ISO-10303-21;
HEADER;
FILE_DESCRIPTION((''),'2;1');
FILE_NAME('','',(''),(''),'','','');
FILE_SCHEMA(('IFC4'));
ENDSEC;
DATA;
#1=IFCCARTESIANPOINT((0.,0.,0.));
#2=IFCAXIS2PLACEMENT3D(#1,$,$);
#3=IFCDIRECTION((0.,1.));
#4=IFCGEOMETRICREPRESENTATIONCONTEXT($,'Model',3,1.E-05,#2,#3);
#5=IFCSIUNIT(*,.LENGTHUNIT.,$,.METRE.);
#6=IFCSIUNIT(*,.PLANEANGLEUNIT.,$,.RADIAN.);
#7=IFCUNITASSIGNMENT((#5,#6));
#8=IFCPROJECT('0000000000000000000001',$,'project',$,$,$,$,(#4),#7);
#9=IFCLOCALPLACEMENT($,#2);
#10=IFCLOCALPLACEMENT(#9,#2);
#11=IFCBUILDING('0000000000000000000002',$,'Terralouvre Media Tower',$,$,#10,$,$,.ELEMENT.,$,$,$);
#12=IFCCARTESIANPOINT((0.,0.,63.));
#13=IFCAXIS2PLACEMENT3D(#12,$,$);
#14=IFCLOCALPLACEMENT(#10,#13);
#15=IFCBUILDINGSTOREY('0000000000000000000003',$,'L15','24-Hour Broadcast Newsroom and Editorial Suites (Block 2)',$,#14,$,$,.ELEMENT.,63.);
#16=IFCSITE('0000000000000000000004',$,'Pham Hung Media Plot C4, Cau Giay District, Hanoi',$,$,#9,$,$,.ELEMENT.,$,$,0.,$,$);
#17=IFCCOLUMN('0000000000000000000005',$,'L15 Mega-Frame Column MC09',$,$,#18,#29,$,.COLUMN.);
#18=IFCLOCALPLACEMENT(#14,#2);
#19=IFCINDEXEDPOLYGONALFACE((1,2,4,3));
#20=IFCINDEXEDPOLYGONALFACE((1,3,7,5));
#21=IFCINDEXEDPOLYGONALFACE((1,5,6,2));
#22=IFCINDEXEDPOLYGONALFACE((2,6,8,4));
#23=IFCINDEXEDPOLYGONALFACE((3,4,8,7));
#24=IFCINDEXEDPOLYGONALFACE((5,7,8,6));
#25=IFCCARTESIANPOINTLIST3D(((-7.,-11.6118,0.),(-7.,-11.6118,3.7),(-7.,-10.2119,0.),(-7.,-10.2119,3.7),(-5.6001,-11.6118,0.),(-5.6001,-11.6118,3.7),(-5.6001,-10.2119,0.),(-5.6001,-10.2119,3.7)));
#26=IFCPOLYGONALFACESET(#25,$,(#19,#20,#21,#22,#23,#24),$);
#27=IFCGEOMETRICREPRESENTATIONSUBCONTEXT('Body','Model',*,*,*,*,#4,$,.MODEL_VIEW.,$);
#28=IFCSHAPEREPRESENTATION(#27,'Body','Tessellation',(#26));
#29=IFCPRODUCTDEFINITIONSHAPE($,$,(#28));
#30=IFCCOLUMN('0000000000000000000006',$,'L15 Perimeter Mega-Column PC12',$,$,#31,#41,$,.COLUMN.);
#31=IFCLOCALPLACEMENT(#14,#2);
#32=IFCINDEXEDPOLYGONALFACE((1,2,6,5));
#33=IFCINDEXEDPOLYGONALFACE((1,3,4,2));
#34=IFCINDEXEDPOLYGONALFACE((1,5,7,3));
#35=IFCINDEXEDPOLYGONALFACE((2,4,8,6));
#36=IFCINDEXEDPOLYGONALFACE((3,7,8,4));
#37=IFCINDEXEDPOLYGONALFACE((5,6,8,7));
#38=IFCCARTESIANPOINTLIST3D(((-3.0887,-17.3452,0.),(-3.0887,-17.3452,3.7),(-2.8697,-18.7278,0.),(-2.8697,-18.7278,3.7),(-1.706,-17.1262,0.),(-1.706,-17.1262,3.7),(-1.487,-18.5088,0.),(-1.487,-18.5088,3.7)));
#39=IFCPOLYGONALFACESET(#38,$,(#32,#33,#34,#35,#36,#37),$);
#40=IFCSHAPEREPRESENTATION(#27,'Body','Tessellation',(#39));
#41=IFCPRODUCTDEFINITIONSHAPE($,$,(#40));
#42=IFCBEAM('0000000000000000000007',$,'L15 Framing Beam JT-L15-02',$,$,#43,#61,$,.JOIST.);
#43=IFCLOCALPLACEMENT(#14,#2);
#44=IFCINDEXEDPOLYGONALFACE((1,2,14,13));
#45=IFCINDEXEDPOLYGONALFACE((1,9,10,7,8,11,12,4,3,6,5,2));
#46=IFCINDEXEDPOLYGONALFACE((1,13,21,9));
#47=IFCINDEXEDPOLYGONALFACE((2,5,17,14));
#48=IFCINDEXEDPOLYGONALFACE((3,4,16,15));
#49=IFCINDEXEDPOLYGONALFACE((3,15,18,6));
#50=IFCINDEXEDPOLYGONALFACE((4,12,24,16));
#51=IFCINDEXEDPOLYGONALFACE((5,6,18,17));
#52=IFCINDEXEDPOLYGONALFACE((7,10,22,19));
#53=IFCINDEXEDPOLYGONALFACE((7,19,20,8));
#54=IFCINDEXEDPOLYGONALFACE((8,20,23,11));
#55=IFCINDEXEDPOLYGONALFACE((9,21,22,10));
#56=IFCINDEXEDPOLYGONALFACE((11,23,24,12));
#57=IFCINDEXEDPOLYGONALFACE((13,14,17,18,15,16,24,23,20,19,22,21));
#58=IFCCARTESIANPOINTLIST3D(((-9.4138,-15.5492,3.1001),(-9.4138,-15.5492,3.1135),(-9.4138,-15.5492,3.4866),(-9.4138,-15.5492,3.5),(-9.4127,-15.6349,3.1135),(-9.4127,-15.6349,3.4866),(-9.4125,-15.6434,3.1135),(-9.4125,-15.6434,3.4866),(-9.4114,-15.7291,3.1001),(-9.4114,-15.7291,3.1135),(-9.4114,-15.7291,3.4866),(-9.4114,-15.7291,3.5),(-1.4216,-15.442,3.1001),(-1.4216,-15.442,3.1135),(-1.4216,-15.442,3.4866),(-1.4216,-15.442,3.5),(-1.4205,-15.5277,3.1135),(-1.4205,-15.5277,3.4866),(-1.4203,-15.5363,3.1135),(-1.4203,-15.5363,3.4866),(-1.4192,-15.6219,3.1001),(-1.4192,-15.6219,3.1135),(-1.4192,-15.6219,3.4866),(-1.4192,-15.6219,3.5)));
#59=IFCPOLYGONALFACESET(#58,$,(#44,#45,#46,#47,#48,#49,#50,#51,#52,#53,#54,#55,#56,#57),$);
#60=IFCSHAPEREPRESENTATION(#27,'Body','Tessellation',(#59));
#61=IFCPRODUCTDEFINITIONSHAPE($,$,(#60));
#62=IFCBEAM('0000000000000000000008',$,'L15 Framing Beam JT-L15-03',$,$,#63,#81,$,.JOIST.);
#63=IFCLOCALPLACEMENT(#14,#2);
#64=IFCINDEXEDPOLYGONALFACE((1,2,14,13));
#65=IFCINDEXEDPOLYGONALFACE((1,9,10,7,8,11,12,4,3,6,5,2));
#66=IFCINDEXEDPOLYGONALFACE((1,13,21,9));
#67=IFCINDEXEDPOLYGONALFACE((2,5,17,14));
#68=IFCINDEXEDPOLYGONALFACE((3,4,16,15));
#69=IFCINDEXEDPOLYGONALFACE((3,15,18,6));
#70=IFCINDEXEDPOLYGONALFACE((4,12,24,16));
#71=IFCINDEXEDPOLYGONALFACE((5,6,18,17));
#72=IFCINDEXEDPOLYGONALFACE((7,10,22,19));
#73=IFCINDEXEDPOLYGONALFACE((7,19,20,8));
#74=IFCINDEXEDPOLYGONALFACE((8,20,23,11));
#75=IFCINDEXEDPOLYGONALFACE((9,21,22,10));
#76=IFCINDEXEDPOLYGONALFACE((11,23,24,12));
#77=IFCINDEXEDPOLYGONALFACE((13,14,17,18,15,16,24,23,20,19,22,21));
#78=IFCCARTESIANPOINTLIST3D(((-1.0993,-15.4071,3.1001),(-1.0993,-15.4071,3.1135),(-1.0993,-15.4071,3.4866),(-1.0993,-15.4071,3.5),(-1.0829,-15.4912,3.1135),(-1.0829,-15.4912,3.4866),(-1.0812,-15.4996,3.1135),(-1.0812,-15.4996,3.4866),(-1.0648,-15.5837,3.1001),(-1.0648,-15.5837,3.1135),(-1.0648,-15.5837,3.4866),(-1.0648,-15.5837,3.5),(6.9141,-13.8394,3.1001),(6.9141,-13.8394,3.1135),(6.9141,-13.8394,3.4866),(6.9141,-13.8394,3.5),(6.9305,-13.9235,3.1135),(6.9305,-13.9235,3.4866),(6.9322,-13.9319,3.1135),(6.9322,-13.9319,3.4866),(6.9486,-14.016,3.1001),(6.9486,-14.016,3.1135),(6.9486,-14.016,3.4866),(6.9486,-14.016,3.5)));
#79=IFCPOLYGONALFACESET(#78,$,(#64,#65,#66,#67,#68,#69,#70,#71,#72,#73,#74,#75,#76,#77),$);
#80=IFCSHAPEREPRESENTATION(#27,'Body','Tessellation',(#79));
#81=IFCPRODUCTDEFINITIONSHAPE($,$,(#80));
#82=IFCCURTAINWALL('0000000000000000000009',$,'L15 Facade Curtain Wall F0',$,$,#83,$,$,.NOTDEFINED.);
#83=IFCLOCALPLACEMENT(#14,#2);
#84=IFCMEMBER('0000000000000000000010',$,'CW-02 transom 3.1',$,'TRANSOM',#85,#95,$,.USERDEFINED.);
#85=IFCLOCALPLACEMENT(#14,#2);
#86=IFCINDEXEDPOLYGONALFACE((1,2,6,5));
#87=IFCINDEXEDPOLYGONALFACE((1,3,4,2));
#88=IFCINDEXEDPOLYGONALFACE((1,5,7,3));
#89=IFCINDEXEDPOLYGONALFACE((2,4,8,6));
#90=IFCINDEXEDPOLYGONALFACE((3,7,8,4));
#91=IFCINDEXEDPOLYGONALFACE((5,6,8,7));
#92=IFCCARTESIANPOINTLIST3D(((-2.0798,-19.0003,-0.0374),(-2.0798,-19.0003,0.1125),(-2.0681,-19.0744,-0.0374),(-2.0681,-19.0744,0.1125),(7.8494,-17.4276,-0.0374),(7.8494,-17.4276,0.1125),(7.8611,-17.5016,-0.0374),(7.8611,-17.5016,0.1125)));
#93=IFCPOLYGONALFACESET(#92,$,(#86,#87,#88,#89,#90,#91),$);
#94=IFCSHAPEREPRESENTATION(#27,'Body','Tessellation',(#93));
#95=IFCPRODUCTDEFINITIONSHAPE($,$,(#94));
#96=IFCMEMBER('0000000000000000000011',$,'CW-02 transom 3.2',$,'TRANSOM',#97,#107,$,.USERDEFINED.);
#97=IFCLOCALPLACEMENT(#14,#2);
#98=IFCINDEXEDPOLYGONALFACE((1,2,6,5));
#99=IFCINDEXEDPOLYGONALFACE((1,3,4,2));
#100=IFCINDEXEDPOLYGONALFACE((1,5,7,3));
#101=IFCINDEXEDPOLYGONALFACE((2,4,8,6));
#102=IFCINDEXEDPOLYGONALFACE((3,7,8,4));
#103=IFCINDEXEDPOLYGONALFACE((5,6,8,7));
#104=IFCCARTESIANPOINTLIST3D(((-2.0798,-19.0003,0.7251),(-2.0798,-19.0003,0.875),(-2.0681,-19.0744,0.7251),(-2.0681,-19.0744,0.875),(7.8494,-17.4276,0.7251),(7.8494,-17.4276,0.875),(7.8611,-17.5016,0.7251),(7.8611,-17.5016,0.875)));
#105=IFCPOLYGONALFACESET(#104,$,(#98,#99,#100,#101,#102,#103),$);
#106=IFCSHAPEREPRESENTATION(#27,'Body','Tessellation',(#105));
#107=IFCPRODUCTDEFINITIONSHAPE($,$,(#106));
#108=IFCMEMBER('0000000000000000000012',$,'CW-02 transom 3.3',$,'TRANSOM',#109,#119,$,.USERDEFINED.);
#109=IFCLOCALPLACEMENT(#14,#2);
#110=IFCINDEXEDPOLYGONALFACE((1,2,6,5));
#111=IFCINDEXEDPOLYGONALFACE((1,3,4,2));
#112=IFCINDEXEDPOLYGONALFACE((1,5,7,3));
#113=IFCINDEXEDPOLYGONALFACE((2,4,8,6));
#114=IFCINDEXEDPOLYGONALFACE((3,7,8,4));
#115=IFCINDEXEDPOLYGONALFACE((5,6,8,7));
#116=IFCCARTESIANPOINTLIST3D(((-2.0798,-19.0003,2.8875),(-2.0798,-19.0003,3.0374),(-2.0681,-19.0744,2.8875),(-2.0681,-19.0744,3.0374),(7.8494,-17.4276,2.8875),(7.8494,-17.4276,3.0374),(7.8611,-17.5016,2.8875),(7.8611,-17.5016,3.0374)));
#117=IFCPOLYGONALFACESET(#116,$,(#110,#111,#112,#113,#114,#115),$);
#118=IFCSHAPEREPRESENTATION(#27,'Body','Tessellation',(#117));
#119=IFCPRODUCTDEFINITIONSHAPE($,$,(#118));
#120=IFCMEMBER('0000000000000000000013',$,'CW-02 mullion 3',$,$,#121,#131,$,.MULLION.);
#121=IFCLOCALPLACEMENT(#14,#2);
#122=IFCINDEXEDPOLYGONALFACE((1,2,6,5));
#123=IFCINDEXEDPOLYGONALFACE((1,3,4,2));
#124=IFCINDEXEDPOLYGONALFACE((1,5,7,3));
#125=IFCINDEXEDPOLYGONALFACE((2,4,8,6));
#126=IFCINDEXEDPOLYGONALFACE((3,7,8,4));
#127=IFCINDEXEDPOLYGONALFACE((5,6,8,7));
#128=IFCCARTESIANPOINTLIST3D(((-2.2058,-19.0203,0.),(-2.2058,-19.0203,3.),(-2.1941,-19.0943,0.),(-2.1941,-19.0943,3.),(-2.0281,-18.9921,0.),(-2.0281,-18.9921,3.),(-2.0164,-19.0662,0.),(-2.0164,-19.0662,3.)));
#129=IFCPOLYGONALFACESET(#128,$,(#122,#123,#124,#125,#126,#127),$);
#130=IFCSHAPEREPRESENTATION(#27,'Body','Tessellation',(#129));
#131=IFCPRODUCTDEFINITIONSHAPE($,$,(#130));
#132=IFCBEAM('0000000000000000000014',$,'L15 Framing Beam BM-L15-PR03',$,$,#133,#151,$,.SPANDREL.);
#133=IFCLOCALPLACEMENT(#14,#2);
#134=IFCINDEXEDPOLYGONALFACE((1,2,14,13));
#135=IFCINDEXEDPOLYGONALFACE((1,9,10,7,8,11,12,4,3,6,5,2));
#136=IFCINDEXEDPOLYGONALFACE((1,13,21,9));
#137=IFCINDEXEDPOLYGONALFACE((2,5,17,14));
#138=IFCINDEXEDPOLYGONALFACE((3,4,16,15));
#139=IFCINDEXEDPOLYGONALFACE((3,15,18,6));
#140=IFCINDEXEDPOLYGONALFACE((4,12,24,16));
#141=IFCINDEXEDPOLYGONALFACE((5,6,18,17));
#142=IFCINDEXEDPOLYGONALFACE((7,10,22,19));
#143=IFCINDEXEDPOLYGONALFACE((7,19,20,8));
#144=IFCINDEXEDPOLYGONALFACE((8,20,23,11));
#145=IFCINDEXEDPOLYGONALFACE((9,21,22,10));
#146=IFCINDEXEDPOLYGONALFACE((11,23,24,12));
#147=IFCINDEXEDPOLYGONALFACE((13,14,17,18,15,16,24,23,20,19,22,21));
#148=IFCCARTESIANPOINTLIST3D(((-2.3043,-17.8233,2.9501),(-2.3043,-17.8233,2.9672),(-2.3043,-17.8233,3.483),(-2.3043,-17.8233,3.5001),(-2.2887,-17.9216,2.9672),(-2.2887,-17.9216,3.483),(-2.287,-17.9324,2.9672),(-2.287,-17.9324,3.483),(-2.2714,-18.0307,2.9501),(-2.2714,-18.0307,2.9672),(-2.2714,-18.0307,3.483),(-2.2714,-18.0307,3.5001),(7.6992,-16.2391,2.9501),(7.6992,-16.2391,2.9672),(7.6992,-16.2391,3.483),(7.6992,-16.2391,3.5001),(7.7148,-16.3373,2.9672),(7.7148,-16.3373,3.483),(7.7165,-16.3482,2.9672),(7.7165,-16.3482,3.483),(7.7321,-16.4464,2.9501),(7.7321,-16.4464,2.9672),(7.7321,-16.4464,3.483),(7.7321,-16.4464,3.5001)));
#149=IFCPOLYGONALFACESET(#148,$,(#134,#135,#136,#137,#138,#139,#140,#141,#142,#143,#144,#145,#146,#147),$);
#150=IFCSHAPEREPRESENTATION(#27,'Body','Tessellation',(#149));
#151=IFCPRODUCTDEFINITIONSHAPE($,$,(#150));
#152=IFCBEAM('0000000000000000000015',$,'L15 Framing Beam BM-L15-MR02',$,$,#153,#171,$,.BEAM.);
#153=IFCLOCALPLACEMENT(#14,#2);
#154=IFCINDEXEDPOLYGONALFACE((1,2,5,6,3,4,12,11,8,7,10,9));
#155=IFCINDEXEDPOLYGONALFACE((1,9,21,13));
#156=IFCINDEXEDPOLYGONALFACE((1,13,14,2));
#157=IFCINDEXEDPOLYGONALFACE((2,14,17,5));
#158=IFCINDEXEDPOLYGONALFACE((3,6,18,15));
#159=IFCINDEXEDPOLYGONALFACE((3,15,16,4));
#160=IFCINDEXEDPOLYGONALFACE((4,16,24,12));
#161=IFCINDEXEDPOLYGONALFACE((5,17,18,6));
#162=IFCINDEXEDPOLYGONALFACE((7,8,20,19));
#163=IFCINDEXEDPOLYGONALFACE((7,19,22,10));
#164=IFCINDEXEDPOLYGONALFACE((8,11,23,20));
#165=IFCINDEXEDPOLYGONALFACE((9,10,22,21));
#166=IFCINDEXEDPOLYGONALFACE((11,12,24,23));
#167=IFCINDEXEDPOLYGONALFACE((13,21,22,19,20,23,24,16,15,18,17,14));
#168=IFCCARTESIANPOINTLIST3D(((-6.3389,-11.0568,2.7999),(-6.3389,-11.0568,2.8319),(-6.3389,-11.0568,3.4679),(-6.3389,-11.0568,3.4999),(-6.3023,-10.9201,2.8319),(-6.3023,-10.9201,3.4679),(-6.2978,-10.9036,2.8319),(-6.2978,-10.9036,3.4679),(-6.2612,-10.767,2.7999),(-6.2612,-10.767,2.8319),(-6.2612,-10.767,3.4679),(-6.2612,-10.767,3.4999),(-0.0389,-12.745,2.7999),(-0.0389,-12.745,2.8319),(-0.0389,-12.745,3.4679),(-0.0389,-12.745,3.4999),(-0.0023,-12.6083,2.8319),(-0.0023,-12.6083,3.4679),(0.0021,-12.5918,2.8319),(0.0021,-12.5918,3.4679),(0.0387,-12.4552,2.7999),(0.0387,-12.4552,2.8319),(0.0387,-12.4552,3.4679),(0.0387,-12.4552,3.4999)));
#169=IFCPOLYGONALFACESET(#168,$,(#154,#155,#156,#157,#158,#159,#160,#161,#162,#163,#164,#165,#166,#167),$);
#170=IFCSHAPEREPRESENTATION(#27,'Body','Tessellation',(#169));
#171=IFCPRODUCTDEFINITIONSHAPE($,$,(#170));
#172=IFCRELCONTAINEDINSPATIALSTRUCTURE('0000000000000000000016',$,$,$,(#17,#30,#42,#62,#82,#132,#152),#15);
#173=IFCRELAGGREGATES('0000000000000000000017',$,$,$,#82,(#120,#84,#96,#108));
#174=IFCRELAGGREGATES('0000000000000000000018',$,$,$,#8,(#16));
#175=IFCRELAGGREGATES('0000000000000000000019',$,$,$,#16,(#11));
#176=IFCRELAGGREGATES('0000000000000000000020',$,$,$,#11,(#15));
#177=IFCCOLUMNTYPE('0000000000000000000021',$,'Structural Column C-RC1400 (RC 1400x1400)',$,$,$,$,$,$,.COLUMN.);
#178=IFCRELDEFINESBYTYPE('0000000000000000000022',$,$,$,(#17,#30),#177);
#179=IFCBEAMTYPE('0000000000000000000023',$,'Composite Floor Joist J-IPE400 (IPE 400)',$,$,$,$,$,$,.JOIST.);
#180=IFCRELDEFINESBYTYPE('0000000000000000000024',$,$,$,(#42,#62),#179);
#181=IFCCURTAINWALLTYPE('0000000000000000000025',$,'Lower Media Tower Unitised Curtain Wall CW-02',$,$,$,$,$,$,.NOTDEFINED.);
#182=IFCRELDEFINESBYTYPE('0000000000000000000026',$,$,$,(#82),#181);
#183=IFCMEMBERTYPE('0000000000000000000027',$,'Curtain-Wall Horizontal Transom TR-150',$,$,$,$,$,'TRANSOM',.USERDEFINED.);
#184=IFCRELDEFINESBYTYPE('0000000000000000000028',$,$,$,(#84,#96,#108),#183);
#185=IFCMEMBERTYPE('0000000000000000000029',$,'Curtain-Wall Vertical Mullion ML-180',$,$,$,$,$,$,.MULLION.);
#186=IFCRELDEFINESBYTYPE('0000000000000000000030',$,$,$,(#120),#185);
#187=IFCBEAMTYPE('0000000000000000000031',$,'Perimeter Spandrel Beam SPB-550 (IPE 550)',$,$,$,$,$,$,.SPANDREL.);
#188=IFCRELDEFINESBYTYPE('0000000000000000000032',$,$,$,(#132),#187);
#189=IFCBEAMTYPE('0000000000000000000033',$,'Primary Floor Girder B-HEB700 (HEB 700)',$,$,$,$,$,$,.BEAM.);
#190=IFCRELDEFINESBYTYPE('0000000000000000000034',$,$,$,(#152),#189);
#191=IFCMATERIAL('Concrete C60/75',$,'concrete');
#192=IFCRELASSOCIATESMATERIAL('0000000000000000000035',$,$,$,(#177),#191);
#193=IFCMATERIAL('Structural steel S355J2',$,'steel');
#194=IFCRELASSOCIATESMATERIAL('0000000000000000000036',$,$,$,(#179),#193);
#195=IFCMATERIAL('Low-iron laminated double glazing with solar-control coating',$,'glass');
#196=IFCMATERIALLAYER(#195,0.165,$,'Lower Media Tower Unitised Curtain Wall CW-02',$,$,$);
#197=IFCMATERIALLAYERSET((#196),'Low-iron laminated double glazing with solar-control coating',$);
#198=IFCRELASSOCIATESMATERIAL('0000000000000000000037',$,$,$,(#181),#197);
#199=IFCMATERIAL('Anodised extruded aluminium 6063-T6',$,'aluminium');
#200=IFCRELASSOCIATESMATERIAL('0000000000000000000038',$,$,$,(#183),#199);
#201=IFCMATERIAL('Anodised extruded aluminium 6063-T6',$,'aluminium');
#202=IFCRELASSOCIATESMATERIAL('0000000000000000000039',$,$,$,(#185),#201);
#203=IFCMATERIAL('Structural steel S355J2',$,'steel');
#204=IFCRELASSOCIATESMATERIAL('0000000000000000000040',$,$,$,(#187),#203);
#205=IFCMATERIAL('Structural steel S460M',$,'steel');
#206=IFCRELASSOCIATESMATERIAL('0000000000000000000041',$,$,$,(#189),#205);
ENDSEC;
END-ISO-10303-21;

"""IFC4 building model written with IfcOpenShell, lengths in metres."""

from ifc_helpers import new_model, si_unit, direction, frame, origin, origin_2d, place, context, subcontext, project, spatial, rectangle, i_section, extrude, material, layer, layer_set, material_profile, profile_set, type_object, element, aggregate, save


model = new_model("IFC4")

# Units and contexts
model_context = context("Model", 3, precision=1e-05, world=origin(), true_north=direction((0.0, 1.0)))
body_context = subcontext(model_context, "Body", "Model", "MODEL_VIEW")
ifc_project = project(units=[si_unit("LENGTHUNIT", "METRE"), si_unit("PLANEANGLEUNIT", "RADIAN")], contexts=[model_context])

# Site, building, storey
site_placement = place(None, origin())
site = spatial("IfcSite", under=ifc_project, at=site_placement, Name="Pham Hung Media Plot C4, Cau Giay District, Hanoi", CompositionType="ELEMENT", RefElevation=0.0)
building_placement = place(site_placement, origin())
building = spatial("IfcBuilding", under=site, at=building_placement, Name="Terralouvre Media Tower", CompositionType="ELEMENT")
storey_placement = place(building_placement, frame((0.0, 0.0, 63.0)))
storey = spatial("IfcBuildingStorey", under=building, at=storey_placement, Name="L15", Description="24-Hour Broadcast Newsroom and Editorial Suites (Block 2)", CompositionType="ELEMENT", Elevation=63.0)

# Columns
ifc_material_1 = material(Name="Concrete C60/75", Category="concrete")
ifc_material_profile_1 = material_profile(ifc_material_1, rectangle(XDim=1.3999, YDim=1.3999, at=origin_2d()), Name="RC 1400x1400")
ifc_profile_set_1 = profile_set([ifc_material_profile_1], Name="Concrete C60/75")
column_type = type_object("IfcColumnType", Name="Structural Column C-RC1400 (RC 1400x1400)", PredefinedType="COLUMN", material=ifc_profile_set_1)
for number, where, z_axis, x_axis, name in (
    (1, (-6.3, -10.9119, 0.0), (0.0, 0.0, 1.0), (1.0, 0.0, 0.0), "L15 Mega-Frame Column MC09"),
    (2, (-2.2878, -17.927, 0.0), (0.0, 0.0, 1.0), (0.987688, 0.156434, 0.0), "L15 Perimeter Mega-Column PC12"),
):
    element("IfcColumn", number, at=place(storey_placement, frame(where, z_axis=z_axis, x_axis=x_axis)), inside=storey, type_object=column_type, Name=name, PredefinedType="COLUMN", context=body_context, shape_type="SweptSolid", body=[
        extrude(rectangle(XDim=1.3999, YDim=1.3999, at=origin_2d()), origin(), (0.0, 0.0, 1.0), 3.7),
    ])

# Beams
ifc_material_2 = material(Name="Structural steel S355J2", Category="steel")
ifc_material_profile_2 = material_profile(ifc_material_2, i_section(OverallWidth=0.1799, OverallDepth=0.3999, WebThickness=0.0085, FlangeThickness=0.0134, at=origin_2d()), Name="IPE 400")
ifc_profile_set_2 = profile_set([ifc_material_profile_2], Name="Structural steel S355J2")
beam_type_1 = type_object("IfcBeamType", Name="Composite Floor Joist J-IPE400 (IPE 400)", PredefinedType="JOIST", material=ifc_profile_set_2)
beam_1_placement = place(storey_placement, frame((-9.4126, -15.6392, 3.3), z_axis=(0.99991, 0.013409, 0.0), x_axis=(-0.013409, 0.99991, 0.0)))
element("IfcBeam", 3, at=beam_1_placement, inside=storey, type_object=beam_type_1, Name="L15 Framing Beam JT-L15-02", PredefinedType="JOIST", context=body_context, shape_type="SweptSolid", body=[
    extrude(i_section(OverallWidth=0.1799, OverallDepth=0.3999, WebThickness=0.0085, FlangeThickness=0.0134, at=origin_2d()), origin(), (0.0, 0.0, 1.0), 7.9929),
])
beam_2_placement = place(storey_placement, frame((-1.082, -15.4954, 3.3), z_axis=(0.981398, 0.191986, 0.0), x_axis=(-0.191986, 0.981398, 0.0)))
element("IfcBeam", 4, at=beam_2_placement, inside=storey, type_object=beam_type_1, Name="L15 Framing Beam JT-L15-03", PredefinedType="JOIST", context=body_context, shape_type="SweptSolid", body=[
    extrude(i_section(OverallWidth=0.1799, OverallDepth=0.3999, WebThickness=0.0085, FlangeThickness=0.0134, at=origin_2d()), origin(), (0.0, 0.0, 1.0), 8.1653),
])

# Curtain wall, members
ifc_material_3 = material(Name="Low-iron laminated double glazing with solar-control coating", Category="glass")
ifc_layer_1 = layer(ifc_material_3, 0.165, Name="Lower Media Tower Unitised Curtain Wall CW-02")
ifc_layer_set_1 = layer_set([ifc_layer_1], Name="Low-iron laminated double glazing with solar-control coating")
curtain_wall_type = type_object("IfcCurtainWallType", Name="Lower Media Tower Unitised Curtain Wall CW-02", PredefinedType="NOTDEFINED", material=ifc_layer_set_1)
curtain_wall_placement = place(storey_placement, origin())
curtain_wall = element("IfcCurtainWall", 5, at=curtain_wall_placement, inside=storey, type_object=curtain_wall_type, Name="L15 Facade Curtain Wall F0", PredefinedType="NOTDEFINED")
ifc_material_4 = material(Name="Anodised extruded aluminium 6063-T6", Category="aluminium")
ifc_material_profile_3 = material_profile(ifc_material_4, rectangle(XDim=0.075, YDim=0.1499, at=origin_2d()), Name="ALU 75x150")
ifc_profile_set_3 = profile_set([ifc_material_profile_3], Name="Anodised extruded aluminium 6063-T6")
member_type_1 = type_object("IfcMemberType", Name="Curtain-Wall Horizontal Transom TR-150", ElementType="TRANSOM", PredefinedType="USERDEFINED", material=ifc_profile_set_3)
member_1_placement = place(storey_placement, frame((-2.074, -19.0374, 0.0376), z_axis=(0.987686, 0.156446, 0.0), x_axis=(-0.156446, 0.987686, 0.0)))
member_1 = element("IfcMember", 6, at=member_1_placement, type_object=member_type_1, Name="CW-02 transom 3.1", ObjectType="TRANSOM", PredefinedType="USERDEFINED", context=body_context, shape_type="SweptSolid", body=[
    extrude(rectangle(XDim=0.075, YDim=0.1499, at=origin_2d()), origin(), (0.0, 0.0, 1.0), 10.053),
])
member_2_placement = place(storey_placement, frame((-2.074, -19.0374, 0.8), z_axis=(0.987686, 0.156446, 0.0), x_axis=(-0.156446, 0.987686, 0.0)))
member_2 = element("IfcMember", 7, at=member_2_placement, type_object=member_type_1, Name="CW-02 transom 3.2", ObjectType="TRANSOM", PredefinedType="USERDEFINED", context=body_context, shape_type="SweptSolid", body=[
    extrude(rectangle(XDim=0.075, YDim=0.1499, at=origin_2d()), origin(), (0.0, 0.0, 1.0), 10.053),
])
member_3_placement = place(storey_placement, frame((-2.074, -19.0374, 2.9624), z_axis=(0.987686, 0.156446, 0.0), x_axis=(-0.156446, 0.987686, 0.0)))
member_3 = element("IfcMember", 8, at=member_3_placement, type_object=member_type_1, Name="CW-02 transom 3.3", ObjectType="TRANSOM", PredefinedType="USERDEFINED", context=body_context, shape_type="SweptSolid", body=[
    extrude(rectangle(XDim=0.075, YDim=0.1499, at=origin_2d()), origin(), (0.0, 0.0, 1.0), 10.053),
])
ifc_material_5 = material(Name="Anodised extruded aluminium 6063-T6", Category="aluminium")
ifc_material_profile_4 = material_profile(ifc_material_5, rectangle(XDim=0.075, YDim=0.1799, at=origin_2d()), Name="ALU 75x180")
ifc_profile_set_4 = profile_set([ifc_material_profile_4], Name="Anodised extruded aluminium 6063-T6")
member_type_2 = type_object("IfcMemberType", Name="Curtain-Wall Vertical Mullion ML-180", PredefinedType="MULLION", material=ifc_profile_set_4)
member_4_placement = place(storey_placement, frame((-2.1111, -19.0432, 0.0), z_axis=(0.0, 0.0, 1.0), x_axis=(-0.156434, 0.987688, 0.0)))
member_4 = element("IfcMember", 9, at=member_4_placement, type_object=member_type_2, Name="CW-02 mullion 3", PredefinedType="MULLION", context=body_context, shape_type="SweptSolid", body=[
    extrude(rectangle(XDim=0.075, YDim=0.1799, at=origin_2d()), origin(), (0.0, 0.0, 1.0), 3.0),
])

# Beams
ifc_material_6 = material(Name="Structural steel S355J2", Category="steel")
ifc_material_profile_5 = material_profile(ifc_material_6, i_section(OverallWidth=0.21, OverallDepth=0.55, WebThickness=0.011, FlangeThickness=0.0171, at=origin_2d()), Name="IPE 550")
ifc_profile_set_5 = profile_set([ifc_material_profile_5], Name="Structural steel S355J2")
beam_type_2 = type_object("IfcBeamType", Name="Perimeter Spandrel Beam SPB-550 (IPE 550)", PredefinedType="SPANDREL", material=ifc_profile_set_5)
beam_3_placement = place(storey_placement, frame((-2.2878, -17.927, 3.2251), z_axis=(0.987691, 0.156419, 0.0), x_axis=(-0.156419, 0.987691, 0.0)))
element("IfcBeam", 10, at=beam_3_placement, inside=storey, type_object=beam_type_2, Name="L15 Framing Beam BM-L15-PR03", PredefinedType="SPANDREL", context=body_context, shape_type="SweptSolid", body=[
    extrude(i_section(OverallWidth=0.21, OverallDepth=0.55, WebThickness=0.011, FlangeThickness=0.0171, at=origin_2d()), origin(), (0.0, 0.0, 1.0), 10.1282),
])
ifc_material_7 = material(Name="Structural steel S460M", Category="steel")
ifc_material_profile_6 = material_profile(ifc_material_7, i_section(OverallWidth=0.3, OverallDepth=0.7, WebThickness=0.0171, FlangeThickness=0.032, at=origin_2d()), Name="HEB 700")
ifc_profile_set_6 = profile_set([ifc_material_profile_6], Name="Structural steel S460M")
beam_type_3 = type_object("IfcBeamType", Name="Primary Floor Girder B-HEB700 (HEB 700)", PredefinedType="BEAM", material=ifc_profile_set_6)
beam_4_placement = place(storey_placement, frame((-6.3, -10.9119, 3.1499), z_axis=(0.96592, -0.258839, 0.0), x_axis=(0.258839, 0.96592, 0.0)))
element("IfcBeam", 11, at=beam_4_placement, inside=storey, type_object=beam_type_3, Name="L15 Framing Beam BM-L15-MR02", PredefinedType="BEAM", context=body_context, shape_type="SweptSolid", body=[
    extrude(i_section(OverallWidth=0.3, OverallDepth=0.7, WebThickness=0.0171, FlangeThickness=0.032, at=origin_2d()), origin(), (0.0, 0.0, 1.0), 6.5222),
])

aggregate(curtain_wall, [member_4, member_1, member_2, member_3])

save(model, "model.ifc")
